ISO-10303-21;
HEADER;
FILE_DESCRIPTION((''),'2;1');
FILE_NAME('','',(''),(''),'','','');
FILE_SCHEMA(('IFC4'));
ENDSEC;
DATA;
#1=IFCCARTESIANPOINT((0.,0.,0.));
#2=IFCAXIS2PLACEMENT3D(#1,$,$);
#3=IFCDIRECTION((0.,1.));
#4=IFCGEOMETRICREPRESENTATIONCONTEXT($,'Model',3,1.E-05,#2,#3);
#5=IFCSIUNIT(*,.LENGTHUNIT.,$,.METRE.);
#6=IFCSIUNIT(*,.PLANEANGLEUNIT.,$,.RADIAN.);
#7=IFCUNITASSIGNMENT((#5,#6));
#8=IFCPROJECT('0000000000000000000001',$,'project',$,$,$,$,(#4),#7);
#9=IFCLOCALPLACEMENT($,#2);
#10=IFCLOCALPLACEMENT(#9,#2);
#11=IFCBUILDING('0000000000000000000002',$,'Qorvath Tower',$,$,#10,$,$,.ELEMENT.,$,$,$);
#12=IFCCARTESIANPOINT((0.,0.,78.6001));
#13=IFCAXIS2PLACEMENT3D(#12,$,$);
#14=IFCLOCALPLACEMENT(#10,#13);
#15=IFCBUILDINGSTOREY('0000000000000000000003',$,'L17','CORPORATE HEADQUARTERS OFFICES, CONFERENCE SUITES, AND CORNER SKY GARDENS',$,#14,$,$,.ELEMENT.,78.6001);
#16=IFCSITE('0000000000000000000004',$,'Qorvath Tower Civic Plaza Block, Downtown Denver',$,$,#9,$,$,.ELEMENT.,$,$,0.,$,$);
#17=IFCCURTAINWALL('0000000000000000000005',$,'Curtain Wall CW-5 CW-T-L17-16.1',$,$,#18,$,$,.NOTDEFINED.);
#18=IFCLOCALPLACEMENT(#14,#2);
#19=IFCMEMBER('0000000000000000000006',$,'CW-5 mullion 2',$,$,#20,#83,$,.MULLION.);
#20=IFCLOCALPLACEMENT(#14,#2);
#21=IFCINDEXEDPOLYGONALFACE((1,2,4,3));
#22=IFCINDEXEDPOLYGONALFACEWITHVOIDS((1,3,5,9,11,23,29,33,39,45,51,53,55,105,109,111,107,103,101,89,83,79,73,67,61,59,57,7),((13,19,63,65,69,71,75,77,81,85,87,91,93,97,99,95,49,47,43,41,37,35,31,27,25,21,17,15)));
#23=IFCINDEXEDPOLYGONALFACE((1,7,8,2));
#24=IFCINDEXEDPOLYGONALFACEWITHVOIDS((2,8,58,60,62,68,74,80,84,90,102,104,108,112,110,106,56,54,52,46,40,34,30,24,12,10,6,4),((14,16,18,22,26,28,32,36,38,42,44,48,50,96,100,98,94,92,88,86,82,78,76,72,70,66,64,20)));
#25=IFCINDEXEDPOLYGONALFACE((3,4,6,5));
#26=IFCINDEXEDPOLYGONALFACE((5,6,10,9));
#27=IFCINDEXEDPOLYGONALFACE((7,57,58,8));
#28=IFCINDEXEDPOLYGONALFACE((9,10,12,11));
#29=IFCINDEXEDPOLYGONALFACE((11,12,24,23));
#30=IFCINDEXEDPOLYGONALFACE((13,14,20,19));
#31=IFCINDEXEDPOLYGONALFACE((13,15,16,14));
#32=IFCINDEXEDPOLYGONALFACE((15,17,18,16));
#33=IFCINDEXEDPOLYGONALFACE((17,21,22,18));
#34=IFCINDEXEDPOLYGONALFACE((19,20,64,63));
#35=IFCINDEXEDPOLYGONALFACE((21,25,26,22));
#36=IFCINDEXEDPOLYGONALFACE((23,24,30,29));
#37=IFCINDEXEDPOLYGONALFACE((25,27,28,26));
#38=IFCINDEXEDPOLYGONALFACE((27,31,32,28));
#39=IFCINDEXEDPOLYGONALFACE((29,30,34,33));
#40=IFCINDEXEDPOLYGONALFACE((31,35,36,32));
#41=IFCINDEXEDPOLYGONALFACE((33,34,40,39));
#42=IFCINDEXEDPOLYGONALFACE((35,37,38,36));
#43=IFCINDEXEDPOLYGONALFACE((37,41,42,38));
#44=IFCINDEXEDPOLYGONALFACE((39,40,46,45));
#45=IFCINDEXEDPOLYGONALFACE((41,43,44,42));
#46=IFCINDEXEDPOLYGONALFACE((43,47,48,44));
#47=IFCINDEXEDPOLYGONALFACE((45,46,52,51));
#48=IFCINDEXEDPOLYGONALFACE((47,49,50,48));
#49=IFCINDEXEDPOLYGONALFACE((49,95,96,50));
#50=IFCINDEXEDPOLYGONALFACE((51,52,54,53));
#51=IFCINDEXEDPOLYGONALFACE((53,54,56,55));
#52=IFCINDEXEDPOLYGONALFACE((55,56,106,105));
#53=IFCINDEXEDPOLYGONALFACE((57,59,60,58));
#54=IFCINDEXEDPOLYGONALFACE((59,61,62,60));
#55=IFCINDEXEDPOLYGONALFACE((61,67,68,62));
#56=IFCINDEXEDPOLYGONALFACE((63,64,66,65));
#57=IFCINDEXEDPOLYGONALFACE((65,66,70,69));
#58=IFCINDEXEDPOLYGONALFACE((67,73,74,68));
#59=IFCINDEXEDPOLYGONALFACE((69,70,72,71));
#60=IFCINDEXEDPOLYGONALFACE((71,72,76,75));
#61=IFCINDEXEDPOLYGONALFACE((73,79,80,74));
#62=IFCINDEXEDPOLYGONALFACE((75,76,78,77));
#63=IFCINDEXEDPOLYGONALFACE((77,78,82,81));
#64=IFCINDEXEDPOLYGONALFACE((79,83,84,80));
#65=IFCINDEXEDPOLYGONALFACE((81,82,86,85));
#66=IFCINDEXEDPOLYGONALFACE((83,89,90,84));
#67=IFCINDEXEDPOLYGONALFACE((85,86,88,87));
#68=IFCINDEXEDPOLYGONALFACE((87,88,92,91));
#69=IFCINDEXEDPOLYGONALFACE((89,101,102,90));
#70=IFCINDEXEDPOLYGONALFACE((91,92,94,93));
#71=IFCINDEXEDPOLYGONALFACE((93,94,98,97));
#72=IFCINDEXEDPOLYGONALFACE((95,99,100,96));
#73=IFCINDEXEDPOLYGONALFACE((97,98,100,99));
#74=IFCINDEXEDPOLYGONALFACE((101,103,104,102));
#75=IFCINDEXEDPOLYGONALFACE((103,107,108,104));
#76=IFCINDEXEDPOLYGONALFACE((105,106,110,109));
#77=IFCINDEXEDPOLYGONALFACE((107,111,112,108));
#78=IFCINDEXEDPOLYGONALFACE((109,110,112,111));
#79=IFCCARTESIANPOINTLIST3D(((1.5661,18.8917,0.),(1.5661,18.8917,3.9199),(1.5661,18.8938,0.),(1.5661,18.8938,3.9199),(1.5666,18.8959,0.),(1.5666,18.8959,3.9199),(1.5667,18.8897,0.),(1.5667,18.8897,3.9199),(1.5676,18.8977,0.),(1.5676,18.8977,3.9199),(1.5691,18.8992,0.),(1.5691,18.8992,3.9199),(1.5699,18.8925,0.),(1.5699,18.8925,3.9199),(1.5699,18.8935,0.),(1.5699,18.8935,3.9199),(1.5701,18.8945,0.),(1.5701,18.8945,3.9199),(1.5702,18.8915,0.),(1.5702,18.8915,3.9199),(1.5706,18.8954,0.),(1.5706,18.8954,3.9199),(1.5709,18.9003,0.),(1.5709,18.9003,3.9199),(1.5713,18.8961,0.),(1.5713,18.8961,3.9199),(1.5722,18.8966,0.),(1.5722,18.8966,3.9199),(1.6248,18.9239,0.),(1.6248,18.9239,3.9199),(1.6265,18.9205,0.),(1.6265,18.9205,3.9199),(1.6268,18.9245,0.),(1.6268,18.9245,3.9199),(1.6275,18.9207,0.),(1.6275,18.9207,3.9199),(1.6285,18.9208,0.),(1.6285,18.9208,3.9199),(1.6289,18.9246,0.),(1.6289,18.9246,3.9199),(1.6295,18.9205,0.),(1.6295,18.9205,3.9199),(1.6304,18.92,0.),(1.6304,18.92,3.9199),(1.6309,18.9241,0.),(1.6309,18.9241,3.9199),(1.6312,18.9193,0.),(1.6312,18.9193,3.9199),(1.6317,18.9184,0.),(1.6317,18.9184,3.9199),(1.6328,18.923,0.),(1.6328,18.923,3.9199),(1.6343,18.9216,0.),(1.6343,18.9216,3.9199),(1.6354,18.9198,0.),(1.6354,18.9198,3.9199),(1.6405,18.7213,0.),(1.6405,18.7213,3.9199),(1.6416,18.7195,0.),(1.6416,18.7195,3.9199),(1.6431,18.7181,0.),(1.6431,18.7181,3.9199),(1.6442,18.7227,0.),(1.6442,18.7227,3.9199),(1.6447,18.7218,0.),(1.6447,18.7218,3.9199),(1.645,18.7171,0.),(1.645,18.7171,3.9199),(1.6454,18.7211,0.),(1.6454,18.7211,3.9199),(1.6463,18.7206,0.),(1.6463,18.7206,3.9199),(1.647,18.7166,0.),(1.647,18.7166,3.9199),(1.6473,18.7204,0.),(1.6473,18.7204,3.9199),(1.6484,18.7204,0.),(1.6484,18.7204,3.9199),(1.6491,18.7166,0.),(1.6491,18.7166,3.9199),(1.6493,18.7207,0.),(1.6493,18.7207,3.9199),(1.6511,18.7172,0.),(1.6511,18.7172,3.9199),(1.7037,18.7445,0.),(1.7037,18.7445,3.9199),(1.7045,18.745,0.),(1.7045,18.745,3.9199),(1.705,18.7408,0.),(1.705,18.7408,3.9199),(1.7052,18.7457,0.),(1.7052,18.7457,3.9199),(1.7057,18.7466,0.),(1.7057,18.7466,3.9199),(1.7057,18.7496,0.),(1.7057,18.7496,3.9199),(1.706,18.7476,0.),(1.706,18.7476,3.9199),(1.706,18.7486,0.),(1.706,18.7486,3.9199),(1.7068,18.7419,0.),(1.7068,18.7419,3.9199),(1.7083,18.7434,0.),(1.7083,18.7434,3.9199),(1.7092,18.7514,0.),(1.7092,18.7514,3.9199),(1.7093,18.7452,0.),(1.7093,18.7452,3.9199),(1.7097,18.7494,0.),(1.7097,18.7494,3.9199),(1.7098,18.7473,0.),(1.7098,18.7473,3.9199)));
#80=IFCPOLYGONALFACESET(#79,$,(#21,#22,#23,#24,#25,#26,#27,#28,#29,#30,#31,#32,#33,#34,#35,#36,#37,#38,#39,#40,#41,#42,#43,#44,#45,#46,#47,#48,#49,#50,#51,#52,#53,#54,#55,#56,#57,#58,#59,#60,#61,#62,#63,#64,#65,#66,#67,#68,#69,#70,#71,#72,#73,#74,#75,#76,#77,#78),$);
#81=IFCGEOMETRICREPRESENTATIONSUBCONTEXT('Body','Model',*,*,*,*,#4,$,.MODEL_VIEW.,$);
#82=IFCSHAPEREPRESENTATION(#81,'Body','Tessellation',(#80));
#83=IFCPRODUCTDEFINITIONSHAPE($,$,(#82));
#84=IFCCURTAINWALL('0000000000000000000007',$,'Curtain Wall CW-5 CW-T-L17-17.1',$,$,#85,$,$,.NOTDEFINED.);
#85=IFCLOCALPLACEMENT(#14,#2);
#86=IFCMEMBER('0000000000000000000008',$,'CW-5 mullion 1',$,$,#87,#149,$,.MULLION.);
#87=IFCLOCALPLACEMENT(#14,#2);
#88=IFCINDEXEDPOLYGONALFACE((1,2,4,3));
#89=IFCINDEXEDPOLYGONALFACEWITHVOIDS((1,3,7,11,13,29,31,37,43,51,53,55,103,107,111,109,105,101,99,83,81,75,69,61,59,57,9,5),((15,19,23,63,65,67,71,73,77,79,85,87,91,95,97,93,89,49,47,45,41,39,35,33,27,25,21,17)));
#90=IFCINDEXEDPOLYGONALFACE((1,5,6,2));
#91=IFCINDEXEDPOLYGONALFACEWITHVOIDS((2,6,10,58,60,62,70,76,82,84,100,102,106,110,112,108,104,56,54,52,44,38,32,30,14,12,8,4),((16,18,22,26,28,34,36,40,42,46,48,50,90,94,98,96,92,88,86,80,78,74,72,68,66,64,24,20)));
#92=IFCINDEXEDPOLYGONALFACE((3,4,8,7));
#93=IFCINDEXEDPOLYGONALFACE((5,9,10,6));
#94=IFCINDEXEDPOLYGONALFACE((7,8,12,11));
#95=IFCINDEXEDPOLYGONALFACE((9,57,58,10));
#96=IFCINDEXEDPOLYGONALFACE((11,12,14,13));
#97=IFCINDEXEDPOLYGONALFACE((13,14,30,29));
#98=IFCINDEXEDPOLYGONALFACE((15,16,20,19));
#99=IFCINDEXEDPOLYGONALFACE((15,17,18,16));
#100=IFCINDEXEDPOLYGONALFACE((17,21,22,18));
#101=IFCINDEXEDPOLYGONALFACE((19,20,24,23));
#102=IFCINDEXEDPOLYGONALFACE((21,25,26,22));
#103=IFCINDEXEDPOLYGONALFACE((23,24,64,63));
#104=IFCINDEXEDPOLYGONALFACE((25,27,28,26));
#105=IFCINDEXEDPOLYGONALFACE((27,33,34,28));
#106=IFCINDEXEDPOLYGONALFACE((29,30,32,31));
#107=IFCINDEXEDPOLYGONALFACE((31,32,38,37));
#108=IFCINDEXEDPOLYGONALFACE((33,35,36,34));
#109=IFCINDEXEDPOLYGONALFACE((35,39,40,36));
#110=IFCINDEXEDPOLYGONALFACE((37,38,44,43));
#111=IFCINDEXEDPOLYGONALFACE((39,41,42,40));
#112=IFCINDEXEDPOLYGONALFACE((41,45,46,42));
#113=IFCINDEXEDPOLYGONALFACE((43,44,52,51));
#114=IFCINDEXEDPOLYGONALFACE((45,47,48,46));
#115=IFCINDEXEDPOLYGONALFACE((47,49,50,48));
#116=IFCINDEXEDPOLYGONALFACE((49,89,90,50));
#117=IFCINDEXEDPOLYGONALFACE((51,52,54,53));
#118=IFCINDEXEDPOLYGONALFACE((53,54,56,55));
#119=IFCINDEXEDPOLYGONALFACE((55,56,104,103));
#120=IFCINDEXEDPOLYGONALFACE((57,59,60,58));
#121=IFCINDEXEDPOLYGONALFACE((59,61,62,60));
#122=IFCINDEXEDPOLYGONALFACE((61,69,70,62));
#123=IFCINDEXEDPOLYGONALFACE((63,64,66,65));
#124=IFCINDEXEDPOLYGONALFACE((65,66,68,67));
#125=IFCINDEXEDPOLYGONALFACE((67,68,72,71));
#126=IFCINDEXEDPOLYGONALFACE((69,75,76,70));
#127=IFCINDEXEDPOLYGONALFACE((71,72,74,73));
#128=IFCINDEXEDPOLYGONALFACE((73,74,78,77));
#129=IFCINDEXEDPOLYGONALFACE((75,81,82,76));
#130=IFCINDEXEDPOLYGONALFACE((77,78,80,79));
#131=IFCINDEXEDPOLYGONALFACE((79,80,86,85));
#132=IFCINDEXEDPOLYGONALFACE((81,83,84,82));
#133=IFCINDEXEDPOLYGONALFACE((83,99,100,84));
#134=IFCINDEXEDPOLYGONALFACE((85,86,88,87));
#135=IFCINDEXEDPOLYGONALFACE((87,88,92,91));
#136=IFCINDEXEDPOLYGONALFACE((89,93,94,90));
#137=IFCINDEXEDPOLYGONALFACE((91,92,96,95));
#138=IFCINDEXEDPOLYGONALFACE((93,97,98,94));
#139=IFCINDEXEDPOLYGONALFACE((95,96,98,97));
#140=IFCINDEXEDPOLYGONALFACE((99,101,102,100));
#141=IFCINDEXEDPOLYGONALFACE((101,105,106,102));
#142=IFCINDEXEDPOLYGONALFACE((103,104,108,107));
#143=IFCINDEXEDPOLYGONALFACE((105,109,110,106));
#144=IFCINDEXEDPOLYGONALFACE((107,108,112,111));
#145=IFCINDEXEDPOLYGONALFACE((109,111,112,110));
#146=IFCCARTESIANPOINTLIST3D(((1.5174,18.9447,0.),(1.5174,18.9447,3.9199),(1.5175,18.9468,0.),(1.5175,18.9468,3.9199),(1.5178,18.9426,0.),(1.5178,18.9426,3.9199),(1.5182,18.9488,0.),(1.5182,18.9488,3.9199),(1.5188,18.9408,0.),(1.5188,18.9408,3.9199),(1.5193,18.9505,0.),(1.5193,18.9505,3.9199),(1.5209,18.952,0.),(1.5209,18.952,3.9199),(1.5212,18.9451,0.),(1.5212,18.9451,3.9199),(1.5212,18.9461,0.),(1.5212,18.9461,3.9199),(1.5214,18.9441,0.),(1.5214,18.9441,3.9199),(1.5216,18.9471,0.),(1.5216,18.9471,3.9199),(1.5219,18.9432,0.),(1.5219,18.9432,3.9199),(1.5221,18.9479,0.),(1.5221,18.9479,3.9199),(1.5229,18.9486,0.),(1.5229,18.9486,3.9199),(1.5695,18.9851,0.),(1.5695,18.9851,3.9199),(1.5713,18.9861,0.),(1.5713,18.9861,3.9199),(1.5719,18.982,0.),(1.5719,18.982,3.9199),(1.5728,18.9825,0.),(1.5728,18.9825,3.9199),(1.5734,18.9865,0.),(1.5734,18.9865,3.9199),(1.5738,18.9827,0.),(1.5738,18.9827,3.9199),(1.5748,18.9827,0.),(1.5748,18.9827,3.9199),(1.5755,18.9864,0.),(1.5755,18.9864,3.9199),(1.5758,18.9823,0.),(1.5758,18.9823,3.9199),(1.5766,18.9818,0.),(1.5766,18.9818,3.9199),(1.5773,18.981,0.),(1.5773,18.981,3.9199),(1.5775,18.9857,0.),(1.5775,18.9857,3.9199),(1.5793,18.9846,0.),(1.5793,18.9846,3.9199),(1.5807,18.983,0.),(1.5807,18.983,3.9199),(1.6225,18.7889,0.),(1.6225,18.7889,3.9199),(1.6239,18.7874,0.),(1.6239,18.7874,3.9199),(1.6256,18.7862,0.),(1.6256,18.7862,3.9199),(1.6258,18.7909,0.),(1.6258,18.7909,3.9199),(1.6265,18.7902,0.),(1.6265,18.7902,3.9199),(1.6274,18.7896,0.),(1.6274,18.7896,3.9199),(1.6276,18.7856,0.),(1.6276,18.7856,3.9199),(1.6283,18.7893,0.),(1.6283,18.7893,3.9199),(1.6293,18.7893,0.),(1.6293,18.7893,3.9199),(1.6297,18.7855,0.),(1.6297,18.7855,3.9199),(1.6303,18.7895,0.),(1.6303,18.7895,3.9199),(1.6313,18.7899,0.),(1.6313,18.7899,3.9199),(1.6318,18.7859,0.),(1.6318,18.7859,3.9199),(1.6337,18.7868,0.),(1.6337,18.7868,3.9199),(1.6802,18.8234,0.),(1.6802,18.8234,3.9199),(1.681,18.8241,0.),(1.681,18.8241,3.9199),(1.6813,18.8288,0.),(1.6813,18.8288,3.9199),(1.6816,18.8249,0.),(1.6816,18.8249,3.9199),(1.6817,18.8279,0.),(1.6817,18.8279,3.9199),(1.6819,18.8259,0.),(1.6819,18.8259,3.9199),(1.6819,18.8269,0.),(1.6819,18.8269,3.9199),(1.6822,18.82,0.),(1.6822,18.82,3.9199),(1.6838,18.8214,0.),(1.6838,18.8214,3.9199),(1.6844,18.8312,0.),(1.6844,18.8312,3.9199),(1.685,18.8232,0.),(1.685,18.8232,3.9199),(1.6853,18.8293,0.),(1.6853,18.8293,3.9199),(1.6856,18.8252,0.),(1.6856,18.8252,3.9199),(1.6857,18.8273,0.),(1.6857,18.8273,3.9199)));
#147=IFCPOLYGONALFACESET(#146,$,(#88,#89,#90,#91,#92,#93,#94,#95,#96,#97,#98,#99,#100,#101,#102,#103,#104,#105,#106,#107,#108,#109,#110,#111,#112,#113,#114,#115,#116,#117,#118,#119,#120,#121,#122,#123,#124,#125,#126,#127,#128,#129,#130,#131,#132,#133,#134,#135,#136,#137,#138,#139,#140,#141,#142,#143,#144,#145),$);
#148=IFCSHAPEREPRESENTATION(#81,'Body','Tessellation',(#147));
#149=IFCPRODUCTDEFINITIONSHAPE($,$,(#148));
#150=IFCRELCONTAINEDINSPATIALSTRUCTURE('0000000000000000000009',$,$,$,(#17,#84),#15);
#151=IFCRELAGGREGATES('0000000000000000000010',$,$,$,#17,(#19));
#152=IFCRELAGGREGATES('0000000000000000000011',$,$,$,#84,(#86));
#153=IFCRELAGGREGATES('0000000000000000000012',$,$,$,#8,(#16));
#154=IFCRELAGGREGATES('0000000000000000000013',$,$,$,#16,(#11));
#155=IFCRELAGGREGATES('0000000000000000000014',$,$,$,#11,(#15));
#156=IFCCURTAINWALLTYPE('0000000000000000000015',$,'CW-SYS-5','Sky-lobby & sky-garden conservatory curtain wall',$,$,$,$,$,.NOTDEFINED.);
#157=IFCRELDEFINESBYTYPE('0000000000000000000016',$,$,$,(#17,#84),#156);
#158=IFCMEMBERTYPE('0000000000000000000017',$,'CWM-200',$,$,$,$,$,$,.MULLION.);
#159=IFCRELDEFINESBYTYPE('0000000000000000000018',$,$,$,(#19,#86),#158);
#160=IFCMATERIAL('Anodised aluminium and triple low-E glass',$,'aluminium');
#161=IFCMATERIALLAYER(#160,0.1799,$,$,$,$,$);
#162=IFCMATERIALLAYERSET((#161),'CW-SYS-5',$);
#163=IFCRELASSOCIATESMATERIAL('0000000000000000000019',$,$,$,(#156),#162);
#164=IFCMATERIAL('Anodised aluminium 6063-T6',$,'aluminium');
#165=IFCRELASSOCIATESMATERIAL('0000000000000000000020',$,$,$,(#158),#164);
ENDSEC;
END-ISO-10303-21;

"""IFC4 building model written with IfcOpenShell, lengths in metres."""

from ifc_helpers import new_model, si_unit, direction, frame, origin, origin_2d, place, context, subcontext, project, spatial, hollow_rectangle, extrude, material, layer, layer_set, material_profile, profile_set, type_object, element, aggregate, save


model = new_model("IFC4")

# Units and contexts
model_context = context("Model", 3, precision=1e-05, world=origin(), true_north=direction((0.0, 1.0)))
body_context = subcontext(model_context, "Body", "Model", "MODEL_VIEW")
ifc_project = project(units=[si_unit("LENGTHUNIT", "METRE"), si_unit("PLANEANGLEUNIT", "RADIAN")], contexts=[model_context])

# Site, building, storey
site_placement = place(None, origin())
site = spatial("IfcSite", under=ifc_project, at=site_placement, Name="Qorvath Tower Civic Plaza Block, Downtown Denver", CompositionType="ELEMENT", RefElevation=0.0)
building_placement = place(site_placement, origin())
building = spatial("IfcBuilding", under=site, at=building_placement, Name="Qorvath Tower", CompositionType="ELEMENT")
storey_placement = place(building_placement, frame((0.0, 0.0, 78.6001)))
storey = spatial("IfcBuildingStorey", under=building, at=storey_placement, Name="L17", Description="CORPORATE HEADQUARTERS OFFICES, CONFERENCE SUITES, AND CORNER SKY GARDENS", CompositionType="ELEMENT", Elevation=78.6001)

# Shared definitions
ifc_material_1 = material(Name="Anodised aluminium and triple low-E glass", Category="aluminium")
ifc_layer_1 = layer(ifc_material_1, 0.1799)
ifc_layer_set_1 = layer_set([ifc_layer_1], Name="CW-SYS-5")
curtain_wall_type = type_object("IfcCurtainWallType", Name="CW-SYS-5", Description="Sky-lobby & sky-garden conservatory curtain wall", PredefinedType="NOTDEFINED", material=ifc_layer_set_1)
ifc_material_2 = material(Name="Anodised aluminium 6063-T6", Category="aluminium")
ifc_material_profile_1 = material_profile(ifc_material_2, hollow_rectangle(XDim=0.075, YDim=0.2, WallThickness=0.0039, InnerFilletRadius=0.0039, OuterFilletRadius=0.0081, at=origin_2d()), Name="CWM 200x75")
ifc_profile_set_1 = profile_set([ifc_material_profile_1], Name="Anodised aluminium 6063-T6")
member_type_1 = type_object("IfcMemberType", Name="CWM-200", PredefinedType="MULLION", material=ifc_profile_set_1)

# Curtain walls, members
curtain_wall_1_placement = place(storey_placement, origin())
curtain_wall_1 = element("IfcCurtainWall", 1, at=curtain_wall_1_placement, inside=storey, type_object=curtain_wall_type, Name="Curtain Wall CW-5 CW-T-L17-16.1", PredefinedType="NOTDEFINED")
member_1_placement = place(storey_placement, frame((1.6379, 18.8206, 0.0), z_axis=(0.0, 0.0, 1.0), x_axis=(-0.915913, -0.401376, 0.0)))
member_1 = element("IfcMember", 2, at=member_1_placement, type_object=member_type_1, Name="CW-5 mullion 2", PredefinedType="MULLION", context=body_context, shape_type="SweptSolid", body=[
    extrude(hollow_rectangle(XDim=0.075, YDim=0.2, WallThickness=0.0039, InnerFilletRadius=0.0039, OuterFilletRadius=0.0081, at=origin_2d()), origin(), (0.0, 0.0, 1.0), 3.9199),
])
curtain_wall_2_placement = place(storey_placement, origin())
curtain_wall_2 = element("IfcCurtainWall", 3, at=curtain_wall_2_placement, inside=storey, type_object=curtain_wall_type, Name="Curtain Wall CW-5 CW-T-L17-17.1", PredefinedType="NOTDEFINED")
member_2_placement = place(storey_placement, frame((1.6016, 18.886, 0.0), z_axis=(0.0, 0.0, 1.0), x_axis=(-0.825776, -0.563998, 0.0)))
member_2 = element("IfcMember", 4, at=member_2_placement, type_object=member_type_1, Name="CW-5 mullion 1", PredefinedType="MULLION", context=body_context, shape_type="SweptSolid", body=[
    extrude(hollow_rectangle(XDim=0.075, YDim=0.2, WallThickness=0.0039, InnerFilletRadius=0.0039, OuterFilletRadius=0.0081, at=origin_2d()), origin(), (0.0, 0.0, 1.0), 3.9199),
])

aggregate(curtain_wall_1, [member_1])
aggregate(curtain_wall_2, [member_2])

save(model, "model.ifc")
